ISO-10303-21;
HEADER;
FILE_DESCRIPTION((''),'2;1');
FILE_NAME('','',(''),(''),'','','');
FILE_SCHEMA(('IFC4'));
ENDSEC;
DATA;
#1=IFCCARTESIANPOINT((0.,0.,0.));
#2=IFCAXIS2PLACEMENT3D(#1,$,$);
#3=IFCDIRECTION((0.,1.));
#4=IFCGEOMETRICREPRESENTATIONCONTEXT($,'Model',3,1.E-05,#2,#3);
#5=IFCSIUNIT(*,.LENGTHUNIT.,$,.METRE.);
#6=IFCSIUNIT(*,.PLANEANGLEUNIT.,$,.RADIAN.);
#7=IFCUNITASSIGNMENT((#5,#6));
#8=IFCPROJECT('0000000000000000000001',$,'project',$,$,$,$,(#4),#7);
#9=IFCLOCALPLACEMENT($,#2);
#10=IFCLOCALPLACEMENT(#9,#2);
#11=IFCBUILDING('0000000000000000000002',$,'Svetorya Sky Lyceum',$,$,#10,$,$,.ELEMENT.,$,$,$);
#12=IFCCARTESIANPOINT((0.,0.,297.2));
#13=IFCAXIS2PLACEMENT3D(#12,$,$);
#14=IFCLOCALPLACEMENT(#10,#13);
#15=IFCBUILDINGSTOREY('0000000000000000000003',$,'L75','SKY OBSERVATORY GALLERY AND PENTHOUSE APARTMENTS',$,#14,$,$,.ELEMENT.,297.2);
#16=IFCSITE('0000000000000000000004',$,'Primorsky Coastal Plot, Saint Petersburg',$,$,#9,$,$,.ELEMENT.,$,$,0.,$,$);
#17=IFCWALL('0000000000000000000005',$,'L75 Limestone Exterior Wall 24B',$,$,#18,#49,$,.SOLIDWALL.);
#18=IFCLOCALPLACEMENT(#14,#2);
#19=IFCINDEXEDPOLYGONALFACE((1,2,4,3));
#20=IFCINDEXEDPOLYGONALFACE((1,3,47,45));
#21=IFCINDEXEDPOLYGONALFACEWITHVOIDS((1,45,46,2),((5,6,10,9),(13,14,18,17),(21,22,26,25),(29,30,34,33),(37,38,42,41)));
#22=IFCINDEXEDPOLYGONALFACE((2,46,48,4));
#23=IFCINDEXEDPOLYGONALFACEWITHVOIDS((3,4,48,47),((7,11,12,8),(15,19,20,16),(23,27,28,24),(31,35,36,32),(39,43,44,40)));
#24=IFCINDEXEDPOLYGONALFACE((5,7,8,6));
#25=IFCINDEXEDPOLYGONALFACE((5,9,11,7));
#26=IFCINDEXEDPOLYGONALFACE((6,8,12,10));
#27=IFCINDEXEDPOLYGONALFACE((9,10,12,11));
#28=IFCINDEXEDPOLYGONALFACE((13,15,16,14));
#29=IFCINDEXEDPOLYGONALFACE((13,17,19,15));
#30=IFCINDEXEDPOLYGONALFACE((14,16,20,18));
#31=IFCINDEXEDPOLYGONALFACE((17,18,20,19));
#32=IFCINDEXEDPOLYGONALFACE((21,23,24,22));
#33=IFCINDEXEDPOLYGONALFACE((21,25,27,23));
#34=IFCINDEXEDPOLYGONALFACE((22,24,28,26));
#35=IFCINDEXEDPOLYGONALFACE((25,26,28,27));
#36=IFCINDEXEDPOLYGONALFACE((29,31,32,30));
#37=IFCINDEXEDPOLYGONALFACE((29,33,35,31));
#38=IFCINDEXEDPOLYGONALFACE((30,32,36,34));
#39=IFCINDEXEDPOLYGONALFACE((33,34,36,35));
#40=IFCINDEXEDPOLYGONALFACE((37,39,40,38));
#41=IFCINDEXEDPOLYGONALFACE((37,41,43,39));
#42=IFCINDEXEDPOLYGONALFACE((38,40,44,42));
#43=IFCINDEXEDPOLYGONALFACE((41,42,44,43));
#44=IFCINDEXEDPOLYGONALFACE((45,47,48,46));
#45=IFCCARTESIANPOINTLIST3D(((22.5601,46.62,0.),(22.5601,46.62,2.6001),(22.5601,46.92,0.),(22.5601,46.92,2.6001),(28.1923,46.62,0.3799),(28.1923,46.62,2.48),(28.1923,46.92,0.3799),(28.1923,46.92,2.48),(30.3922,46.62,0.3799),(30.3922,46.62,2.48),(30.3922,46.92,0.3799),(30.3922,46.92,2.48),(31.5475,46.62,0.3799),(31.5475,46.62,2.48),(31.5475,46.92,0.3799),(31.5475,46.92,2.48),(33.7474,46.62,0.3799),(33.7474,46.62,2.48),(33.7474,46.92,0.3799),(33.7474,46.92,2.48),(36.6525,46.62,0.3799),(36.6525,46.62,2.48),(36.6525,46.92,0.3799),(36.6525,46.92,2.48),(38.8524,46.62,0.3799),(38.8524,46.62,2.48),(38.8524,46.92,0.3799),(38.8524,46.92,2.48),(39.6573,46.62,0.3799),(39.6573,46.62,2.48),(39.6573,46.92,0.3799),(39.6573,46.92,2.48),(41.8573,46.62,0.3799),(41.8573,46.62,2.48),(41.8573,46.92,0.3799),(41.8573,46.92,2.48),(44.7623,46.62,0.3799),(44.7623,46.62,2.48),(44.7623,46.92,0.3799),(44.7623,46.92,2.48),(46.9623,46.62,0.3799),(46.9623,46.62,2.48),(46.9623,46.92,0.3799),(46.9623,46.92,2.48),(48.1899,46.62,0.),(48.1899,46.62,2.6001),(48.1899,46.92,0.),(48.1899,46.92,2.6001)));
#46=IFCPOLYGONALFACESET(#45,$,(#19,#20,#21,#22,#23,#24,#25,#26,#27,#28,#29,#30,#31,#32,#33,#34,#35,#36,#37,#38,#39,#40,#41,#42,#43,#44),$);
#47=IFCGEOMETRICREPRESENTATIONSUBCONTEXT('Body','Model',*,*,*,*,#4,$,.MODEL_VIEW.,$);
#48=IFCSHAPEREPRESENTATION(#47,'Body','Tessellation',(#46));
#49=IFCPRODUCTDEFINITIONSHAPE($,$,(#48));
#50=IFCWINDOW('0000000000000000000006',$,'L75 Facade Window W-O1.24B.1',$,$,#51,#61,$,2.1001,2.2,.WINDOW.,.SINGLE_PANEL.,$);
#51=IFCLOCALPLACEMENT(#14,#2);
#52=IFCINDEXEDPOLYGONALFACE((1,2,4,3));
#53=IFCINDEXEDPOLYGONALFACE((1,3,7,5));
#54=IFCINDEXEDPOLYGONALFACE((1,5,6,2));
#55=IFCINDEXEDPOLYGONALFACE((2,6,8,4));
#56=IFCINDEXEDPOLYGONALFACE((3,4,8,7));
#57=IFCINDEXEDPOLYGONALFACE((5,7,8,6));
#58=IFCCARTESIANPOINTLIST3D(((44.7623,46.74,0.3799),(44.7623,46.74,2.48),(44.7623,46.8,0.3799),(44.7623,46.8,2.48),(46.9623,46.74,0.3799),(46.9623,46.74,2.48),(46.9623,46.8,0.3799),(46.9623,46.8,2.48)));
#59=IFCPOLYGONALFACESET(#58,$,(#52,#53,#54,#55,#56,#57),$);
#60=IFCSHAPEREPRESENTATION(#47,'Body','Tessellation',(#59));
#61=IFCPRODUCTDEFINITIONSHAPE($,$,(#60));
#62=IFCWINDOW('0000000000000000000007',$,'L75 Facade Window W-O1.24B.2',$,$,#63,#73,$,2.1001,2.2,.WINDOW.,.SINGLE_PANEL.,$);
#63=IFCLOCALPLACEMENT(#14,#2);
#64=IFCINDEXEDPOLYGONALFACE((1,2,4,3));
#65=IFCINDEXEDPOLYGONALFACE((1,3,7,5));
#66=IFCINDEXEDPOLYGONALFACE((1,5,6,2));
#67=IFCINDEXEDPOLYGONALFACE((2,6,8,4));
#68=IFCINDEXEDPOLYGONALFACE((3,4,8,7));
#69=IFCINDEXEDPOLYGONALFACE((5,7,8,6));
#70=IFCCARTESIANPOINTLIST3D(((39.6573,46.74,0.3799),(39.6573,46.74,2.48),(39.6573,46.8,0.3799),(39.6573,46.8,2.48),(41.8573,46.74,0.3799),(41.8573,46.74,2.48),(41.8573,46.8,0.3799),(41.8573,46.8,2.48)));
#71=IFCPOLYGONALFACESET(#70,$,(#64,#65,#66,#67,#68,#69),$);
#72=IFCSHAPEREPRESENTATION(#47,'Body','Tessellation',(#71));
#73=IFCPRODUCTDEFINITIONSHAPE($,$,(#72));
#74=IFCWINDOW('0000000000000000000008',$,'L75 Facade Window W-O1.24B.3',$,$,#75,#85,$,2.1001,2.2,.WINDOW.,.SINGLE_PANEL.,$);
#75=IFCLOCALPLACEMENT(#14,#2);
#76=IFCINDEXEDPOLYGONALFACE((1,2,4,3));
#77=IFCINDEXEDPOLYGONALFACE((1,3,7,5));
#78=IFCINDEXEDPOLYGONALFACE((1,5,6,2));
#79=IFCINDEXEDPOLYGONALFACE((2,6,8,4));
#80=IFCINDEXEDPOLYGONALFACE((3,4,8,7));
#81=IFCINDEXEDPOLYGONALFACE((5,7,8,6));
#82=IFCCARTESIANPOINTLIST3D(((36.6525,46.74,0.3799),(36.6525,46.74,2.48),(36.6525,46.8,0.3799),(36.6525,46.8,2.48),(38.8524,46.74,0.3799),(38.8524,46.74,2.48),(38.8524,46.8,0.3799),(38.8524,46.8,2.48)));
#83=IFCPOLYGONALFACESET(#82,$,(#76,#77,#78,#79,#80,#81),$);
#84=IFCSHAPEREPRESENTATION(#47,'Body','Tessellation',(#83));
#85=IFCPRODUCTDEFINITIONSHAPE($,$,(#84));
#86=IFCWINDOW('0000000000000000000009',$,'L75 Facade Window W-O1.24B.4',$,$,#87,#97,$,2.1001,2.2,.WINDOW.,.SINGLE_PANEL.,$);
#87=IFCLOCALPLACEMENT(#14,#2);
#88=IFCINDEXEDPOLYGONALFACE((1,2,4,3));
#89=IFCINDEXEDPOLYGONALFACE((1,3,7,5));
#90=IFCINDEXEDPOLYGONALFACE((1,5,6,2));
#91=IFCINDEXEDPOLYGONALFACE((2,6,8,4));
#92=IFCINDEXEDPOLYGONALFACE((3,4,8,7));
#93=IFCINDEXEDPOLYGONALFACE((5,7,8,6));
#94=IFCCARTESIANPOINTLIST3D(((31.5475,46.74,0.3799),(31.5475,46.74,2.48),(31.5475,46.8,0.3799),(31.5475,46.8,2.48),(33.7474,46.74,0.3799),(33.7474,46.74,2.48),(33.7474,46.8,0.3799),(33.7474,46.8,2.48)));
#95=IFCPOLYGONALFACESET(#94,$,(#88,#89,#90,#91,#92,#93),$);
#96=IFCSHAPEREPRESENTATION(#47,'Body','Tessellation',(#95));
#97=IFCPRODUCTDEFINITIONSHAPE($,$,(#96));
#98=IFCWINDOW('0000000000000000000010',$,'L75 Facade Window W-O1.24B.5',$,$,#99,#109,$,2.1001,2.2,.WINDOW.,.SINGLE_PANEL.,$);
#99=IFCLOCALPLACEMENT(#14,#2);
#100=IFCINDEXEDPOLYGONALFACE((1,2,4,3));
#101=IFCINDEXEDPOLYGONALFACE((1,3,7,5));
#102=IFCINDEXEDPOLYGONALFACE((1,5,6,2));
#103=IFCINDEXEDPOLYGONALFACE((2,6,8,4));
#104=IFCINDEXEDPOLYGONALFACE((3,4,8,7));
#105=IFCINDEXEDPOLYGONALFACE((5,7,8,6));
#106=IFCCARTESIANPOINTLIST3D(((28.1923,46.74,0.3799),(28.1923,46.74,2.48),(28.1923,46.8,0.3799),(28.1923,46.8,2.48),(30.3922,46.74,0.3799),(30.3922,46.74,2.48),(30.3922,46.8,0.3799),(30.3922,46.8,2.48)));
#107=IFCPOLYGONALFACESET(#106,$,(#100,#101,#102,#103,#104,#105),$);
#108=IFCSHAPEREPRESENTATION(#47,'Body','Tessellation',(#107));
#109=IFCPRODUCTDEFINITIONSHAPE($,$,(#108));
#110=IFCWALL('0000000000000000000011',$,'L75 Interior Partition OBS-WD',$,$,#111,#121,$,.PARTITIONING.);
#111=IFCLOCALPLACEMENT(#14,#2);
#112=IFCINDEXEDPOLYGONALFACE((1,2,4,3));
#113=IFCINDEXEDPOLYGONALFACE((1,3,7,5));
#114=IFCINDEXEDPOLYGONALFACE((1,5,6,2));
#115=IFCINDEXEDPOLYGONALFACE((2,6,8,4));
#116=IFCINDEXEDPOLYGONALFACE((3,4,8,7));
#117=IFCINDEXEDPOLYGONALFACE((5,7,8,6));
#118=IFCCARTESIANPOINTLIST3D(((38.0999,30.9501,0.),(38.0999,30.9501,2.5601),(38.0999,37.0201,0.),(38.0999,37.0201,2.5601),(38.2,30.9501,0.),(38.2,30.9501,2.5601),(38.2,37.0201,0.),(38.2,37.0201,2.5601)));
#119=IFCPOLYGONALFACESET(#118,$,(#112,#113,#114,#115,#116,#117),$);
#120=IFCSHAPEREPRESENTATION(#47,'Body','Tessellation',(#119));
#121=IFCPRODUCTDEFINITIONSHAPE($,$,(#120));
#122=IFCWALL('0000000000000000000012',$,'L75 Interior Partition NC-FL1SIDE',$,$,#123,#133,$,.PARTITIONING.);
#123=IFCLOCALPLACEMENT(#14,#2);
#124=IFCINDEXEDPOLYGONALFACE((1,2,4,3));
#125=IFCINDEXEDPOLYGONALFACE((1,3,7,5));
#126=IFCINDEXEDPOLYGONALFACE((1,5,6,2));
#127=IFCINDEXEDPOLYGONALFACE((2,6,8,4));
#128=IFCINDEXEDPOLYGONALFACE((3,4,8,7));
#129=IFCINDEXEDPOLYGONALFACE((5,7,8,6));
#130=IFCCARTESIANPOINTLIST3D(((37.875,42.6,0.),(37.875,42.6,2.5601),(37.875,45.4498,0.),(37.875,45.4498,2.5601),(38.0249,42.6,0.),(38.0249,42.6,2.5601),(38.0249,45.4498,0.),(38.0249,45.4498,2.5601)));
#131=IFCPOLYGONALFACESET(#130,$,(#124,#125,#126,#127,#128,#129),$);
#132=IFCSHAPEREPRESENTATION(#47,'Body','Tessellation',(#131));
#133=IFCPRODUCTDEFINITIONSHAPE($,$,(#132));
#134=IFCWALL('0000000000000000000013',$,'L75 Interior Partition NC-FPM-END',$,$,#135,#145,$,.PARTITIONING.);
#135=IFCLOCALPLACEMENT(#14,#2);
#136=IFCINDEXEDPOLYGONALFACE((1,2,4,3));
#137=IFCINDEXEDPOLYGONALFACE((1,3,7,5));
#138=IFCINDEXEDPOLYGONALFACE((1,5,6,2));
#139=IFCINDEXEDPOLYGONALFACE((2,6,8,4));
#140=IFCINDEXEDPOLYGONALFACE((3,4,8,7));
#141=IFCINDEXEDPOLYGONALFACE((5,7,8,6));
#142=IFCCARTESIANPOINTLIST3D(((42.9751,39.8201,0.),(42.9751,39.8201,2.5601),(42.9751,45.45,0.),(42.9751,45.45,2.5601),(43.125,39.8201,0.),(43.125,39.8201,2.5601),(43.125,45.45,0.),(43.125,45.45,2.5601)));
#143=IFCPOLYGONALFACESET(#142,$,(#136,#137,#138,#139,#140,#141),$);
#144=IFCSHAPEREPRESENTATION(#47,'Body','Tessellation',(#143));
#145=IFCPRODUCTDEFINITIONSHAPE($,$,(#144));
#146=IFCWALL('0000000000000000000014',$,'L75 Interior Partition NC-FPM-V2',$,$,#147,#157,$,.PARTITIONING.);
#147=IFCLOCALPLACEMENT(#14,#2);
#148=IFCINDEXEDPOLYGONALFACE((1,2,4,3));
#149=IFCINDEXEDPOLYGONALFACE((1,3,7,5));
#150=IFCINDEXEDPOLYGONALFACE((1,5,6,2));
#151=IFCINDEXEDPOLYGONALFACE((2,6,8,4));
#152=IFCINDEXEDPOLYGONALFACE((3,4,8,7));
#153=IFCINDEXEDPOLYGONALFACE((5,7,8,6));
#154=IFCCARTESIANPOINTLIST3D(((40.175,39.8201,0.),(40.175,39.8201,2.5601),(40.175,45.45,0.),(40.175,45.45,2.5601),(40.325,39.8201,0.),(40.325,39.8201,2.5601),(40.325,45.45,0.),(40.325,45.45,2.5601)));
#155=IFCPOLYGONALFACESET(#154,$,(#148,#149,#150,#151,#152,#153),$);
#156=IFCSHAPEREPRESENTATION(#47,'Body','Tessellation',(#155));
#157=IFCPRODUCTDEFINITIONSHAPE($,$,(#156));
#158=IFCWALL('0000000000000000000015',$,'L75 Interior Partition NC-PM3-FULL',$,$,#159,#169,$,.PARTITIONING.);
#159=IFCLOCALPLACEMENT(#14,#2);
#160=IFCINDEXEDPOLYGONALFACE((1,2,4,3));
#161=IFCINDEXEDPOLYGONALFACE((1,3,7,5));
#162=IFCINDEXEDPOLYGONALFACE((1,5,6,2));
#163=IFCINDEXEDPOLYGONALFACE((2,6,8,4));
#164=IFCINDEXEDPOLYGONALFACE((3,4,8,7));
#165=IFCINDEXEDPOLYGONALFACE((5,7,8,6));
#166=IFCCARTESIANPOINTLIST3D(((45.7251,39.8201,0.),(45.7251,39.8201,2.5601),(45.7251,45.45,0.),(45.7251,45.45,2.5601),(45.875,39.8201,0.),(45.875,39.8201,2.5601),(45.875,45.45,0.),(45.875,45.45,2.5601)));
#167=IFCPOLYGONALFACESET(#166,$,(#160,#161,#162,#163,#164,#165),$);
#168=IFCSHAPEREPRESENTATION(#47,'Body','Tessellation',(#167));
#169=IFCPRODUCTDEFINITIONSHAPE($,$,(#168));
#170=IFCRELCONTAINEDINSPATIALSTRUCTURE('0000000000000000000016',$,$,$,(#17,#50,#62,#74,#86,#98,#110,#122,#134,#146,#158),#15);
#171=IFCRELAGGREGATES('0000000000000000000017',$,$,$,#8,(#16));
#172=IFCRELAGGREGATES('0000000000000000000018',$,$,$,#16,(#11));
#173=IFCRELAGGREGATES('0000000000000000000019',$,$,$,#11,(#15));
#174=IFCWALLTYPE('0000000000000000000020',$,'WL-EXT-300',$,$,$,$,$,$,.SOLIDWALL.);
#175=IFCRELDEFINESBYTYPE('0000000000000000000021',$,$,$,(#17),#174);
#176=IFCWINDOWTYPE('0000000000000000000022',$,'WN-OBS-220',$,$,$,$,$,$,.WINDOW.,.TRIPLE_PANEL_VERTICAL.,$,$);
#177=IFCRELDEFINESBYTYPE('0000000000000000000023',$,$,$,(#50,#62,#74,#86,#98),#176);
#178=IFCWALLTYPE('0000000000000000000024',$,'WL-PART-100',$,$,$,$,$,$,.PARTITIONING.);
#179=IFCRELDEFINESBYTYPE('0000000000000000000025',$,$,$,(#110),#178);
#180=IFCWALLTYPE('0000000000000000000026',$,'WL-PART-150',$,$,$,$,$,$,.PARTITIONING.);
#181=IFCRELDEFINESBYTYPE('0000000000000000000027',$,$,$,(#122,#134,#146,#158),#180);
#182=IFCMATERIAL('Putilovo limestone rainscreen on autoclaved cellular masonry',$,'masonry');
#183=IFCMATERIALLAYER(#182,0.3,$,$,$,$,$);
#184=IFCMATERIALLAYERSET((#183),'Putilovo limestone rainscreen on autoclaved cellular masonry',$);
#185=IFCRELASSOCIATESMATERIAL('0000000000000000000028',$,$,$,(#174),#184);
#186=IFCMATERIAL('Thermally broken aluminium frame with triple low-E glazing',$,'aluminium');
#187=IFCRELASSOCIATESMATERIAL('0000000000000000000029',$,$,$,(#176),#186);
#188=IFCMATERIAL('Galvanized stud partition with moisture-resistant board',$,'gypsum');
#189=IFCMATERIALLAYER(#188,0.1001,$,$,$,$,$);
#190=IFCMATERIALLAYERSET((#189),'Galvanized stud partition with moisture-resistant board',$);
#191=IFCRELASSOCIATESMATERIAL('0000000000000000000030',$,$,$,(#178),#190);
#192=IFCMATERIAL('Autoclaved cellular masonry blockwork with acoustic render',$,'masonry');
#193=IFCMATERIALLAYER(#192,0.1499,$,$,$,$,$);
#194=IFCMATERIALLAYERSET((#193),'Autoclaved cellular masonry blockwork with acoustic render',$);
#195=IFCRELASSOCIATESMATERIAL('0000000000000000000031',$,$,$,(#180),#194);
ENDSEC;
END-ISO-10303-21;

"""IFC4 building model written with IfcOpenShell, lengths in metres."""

from ifc_helpers import new_model, si_unit, direction, frame, frame_2d, origin, place, context, subcontext, project, spatial, rectangle, extrude, material, layer, layer_set, type_object, element, fill, save


model = new_model("IFC4")

# Units and contexts
model_context = context("Model", 3, precision=1e-05, world=origin(), true_north=direction((0.0, 1.0)))
body_context = subcontext(model_context, "Body", "Model", "MODEL_VIEW")
ifc_project = project(units=[si_unit("LENGTHUNIT", "METRE"), si_unit("PLANEANGLEUNIT", "RADIAN")], contexts=[model_context])

# Site, building, storey
site_placement = place(None, origin())
site = spatial("IfcSite", under=ifc_project, at=site_placement, Name="Primorsky Coastal Plot, Saint Petersburg", CompositionType="ELEMENT", RefElevation=0.0)
building_placement = place(site_placement, origin())
building = spatial("IfcBuilding", under=site, at=building_placement, Name="Svetorya Sky Lyceum", CompositionType="ELEMENT")
storey_placement = place(building_placement, frame((0.0, 0.0, 297.2)))
storey = spatial("IfcBuildingStorey", under=building, at=storey_placement, Name="L75", Description="SKY OBSERVATORY GALLERY AND PENTHOUSE APARTMENTS", CompositionType="ELEMENT", Elevation=297.2)

# Wall, openings, windows
ifc_material_1 = material(Name="Putilovo limestone rainscreen on autoclaved cellular masonry", Category="masonry")
ifc_layer_1 = layer(ifc_material_1, 0.3)
ifc_layer_set_1 = layer_set([ifc_layer_1], Name="Putilovo limestone rainscreen on autoclaved cellular masonry")
wall_type_1 = type_object("IfcWallType", Name="WL-EXT-300", PredefinedType="SOLIDWALL", material=ifc_layer_set_1)
wall_1_placement = place(storey_placement, frame((48.1899, 46.77, 0.0), z_axis=(0.0, 0.0, 1.0), x_axis=(-1.0, 0.0, 0.0)))
wall_1 = element("IfcWall", 1, at=wall_1_placement, inside=storey, type_object=wall_type_1, Name="L75 Limestone Exterior Wall 24B", PredefinedType="SOLIDWALL", context=body_context, shape_type="SweptSolid", body=[
    extrude(rectangle(XDim=25.6299, YDim=0.3, at=frame_2d((12.8149, 0.0))), origin(), (0.0, 0.0, 1.0), 2.6001),
])
opening_1_placement = place(wall_1_placement, frame((1.2275, 0.0, 0.3799)))
opening_1 = element("IfcOpeningElement", 2, at=opening_1_placement, cuts=wall_1, PredefinedType="OPENING", context=body_context, shape_type="SweptSolid", body=[
    extrude(rectangle(XDim=2.2, YDim=2.1001, at=frame_2d((1.1001, 1.05))), frame((0.0, 0.1599, 0.0), z_axis=(0.0, -1.0, 0.0), x_axis=(1.0, 0.0, 0.0)), (0.0, 0.0, 1.0), 0.3201),
])
opening_2_placement = place(wall_1_placement, frame((6.3325, 0.0, 0.3799)))
opening_2 = element("IfcOpeningElement", 3, at=opening_2_placement, cuts=wall_1, PredefinedType="OPENING", context=body_context, shape_type="SweptSolid", body=[
    extrude(rectangle(XDim=2.2, YDim=2.1001, at=frame_2d((1.1001, 1.05))), frame((0.0, 0.1599, 0.0), z_axis=(0.0, -1.0, 0.0), x_axis=(1.0, 0.0, 0.0)), (0.0, 0.0, 1.0), 0.3201),
])
opening_3_placement = place(wall_1_placement, frame((9.3374, 0.0, 0.3799)))
opening_3 = element("IfcOpeningElement", 4, at=opening_3_placement, cuts=wall_1, PredefinedType="OPENING", context=body_context, shape_type="SweptSolid", body=[
    extrude(rectangle(XDim=2.2, YDim=2.1001, at=frame_2d((1.1001, 1.05))), frame((0.0, 0.1599, 0.0), z_axis=(0.0, -1.0, 0.0), x_axis=(1.0, 0.0, 0.0)), (0.0, 0.0, 1.0), 0.3201),
])
opening_4_placement = place(wall_1_placement, frame((14.4424, 0.0, 0.3799)))
opening_4 = element("IfcOpeningElement", 5, at=opening_4_placement, cuts=wall_1, PredefinedType="OPENING", context=body_context, shape_type="SweptSolid", body=[
    extrude(rectangle(XDim=2.2, YDim=2.1001, at=frame_2d((1.1001, 1.05))), frame((0.0, 0.1599, 0.0), z_axis=(0.0, -1.0, 0.0), x_axis=(1.0, 0.0, 0.0)), (0.0, 0.0, 1.0), 0.3201),
])
opening_5_placement = place(wall_1_placement, frame((17.7976, 0.0, 0.3799)))
opening_5 = element("IfcOpeningElement", 6, at=opening_5_placement, cuts=wall_1, PredefinedType="OPENING", context=body_context, shape_type="SweptSolid", body=[
    extrude(rectangle(XDim=2.2, YDim=2.1001, at=frame_2d((1.1001, 1.05))), frame((0.0, 0.1599, 0.0), z_axis=(0.0, -1.0, 0.0), x_axis=(1.0, 0.0, 0.0)), (0.0, 0.0, 1.0), 0.3201),
])
ifc_material_2 = material(Name="Thermally broken aluminium frame with triple low-E glazing", Category="aluminium")
window_type = type_object("IfcWindowType", Name="WN-OBS-220", PartitioningType="TRIPLE_PANEL_VERTICAL", PredefinedType="WINDOW", material=ifc_material_2)
window_1_placement = place(opening_1_placement, origin())
window_1 = element("IfcWindow", 7, at=window_1_placement, inside=storey, type_object=window_type, Name="L75 Facade Window W-O1.24B.1", OverallHeight=2.1001, OverallWidth=2.2, PartitioningType="SINGLE_PANEL", PredefinedType="WINDOW", context=body_context, shape_type="SweptSolid", body=[
    extrude(rectangle(XDim=2.2, YDim=2.1001, at=frame_2d((1.1001, 1.05))), frame((0.0, 0.03, 0.0), z_axis=(0.0, -1.0, 0.0), x_axis=(1.0, 0.0, 0.0)), (0.0, 0.0, 1.0), 0.0601),
])
fill(opening_1, window_1)
window_2_placement = place(opening_2_placement, origin())
window_2 = element("IfcWindow", 8, at=window_2_placement, inside=storey, type_object=window_type, Name="L75 Facade Window W-O1.24B.2", OverallHeight=2.1001, OverallWidth=2.2, PartitioningType="SINGLE_PANEL", PredefinedType="WINDOW", context=body_context, shape_type="SweptSolid", body=[
    extrude(rectangle(XDim=2.2, YDim=2.1001, at=frame_2d((1.1001, 1.05))), frame((0.0, 0.03, 0.0), z_axis=(0.0, -1.0, 0.0), x_axis=(1.0, 0.0, 0.0)), (0.0, 0.0, 1.0), 0.0601),
])
fill(opening_2, window_2)
window_3_placement = place(opening_3_placement, origin())
window_3 = element("IfcWindow", 9, at=window_3_placement, inside=storey, type_object=window_type, Name="L75 Facade Window W-O1.24B.3", OverallHeight=2.1001, OverallWidth=2.2, PartitioningType="SINGLE_PANEL", PredefinedType="WINDOW", context=body_context, shape_type="SweptSolid", body=[
    extrude(rectangle(XDim=2.2, YDim=2.1001, at=frame_2d((1.1001, 1.05))), frame((0.0, 0.03, 0.0), z_axis=(0.0, -1.0, 0.0), x_axis=(1.0, 0.0, 0.0)), (0.0, 0.0, 1.0), 0.0601),
])
fill(opening_3, window_3)
window_4_placement = place(opening_4_placement, origin())
window_4 = element("IfcWindow", 10, at=window_4_placement, inside=storey, type_object=window_type, Name="L75 Facade Window W-O1.24B.4", OverallHeight=2.1001, OverallWidth=2.2, PartitioningType="SINGLE_PANEL", PredefinedType="WINDOW", context=body_context, shape_type="SweptSolid", body=[
    extrude(rectangle(XDim=2.2, YDim=2.1001, at=frame_2d((1.1001, 1.05))), frame((0.0, 0.03, 0.0), z_axis=(0.0, -1.0, 0.0), x_axis=(1.0, 0.0, 0.0)), (0.0, 0.0, 1.0), 0.0601),
])
fill(opening_4, window_4)
window_5_placement = place(opening_5_placement, origin())
window_5 = element("IfcWindow", 11, at=window_5_placement, inside=storey, type_object=window_type, Name="L75 Facade Window W-O1.24B.5", OverallHeight=2.1001, OverallWidth=2.2, PartitioningType="SINGLE_PANEL", PredefinedType="WINDOW", context=body_context, shape_type="SweptSolid", body=[
    extrude(rectangle(XDim=2.2, YDim=2.1001, at=frame_2d((1.1001, 1.05))), frame((0.0, 0.03, 0.0), z_axis=(0.0, -1.0, 0.0), x_axis=(1.0, 0.0, 0.0)), (0.0, 0.0, 1.0), 0.0601),
])
fill(opening_5, window_5)

# Walls
ifc_material_3 = material(Name="Galvanized stud partition with moisture-resistant board", Category="gypsum")
ifc_layer_2 = layer(ifc_material_3, 0.1001)
ifc_layer_set_2 = layer_set([ifc_layer_2], Name="Galvanized stud partition with moisture-resistant board")
wall_type_2 = type_object("IfcWallType", Name="WL-PART-100", PredefinedType="PARTITIONING", material=ifc_layer_set_2)
wall_2_placement = place(storey_placement, frame((38.1499, 30.95, 0.0), z_axis=(0.0, 0.0, 1.0), x_axis=(0.0, 1.0, 0.0)))
element("IfcWall", 12, at=wall_2_placement, inside=storey, type_object=wall_type_2, Name="L75 Interior Partition OBS-WD", PredefinedType="PARTITIONING", context=body_context, shape_type="SweptSolid", body=[
    extrude(rectangle(XDim=6.0701, YDim=0.1001, at=frame_2d((3.0352, 0.0))), origin(), (0.0, 0.0, 1.0), 2.5601),
])
ifc_material_4 = material(Name="Autoclaved cellular masonry blockwork with acoustic render", Category="masonry")
ifc_layer_3 = layer(ifc_material_4, 0.1499)
ifc_layer_set_3 = layer_set([ifc_layer_3], Name="Autoclaved cellular masonry blockwork with acoustic render")
wall_type_3 = type_object("IfcWallType", Name="WL-PART-150", PredefinedType="PARTITIONING", material=ifc_layer_set_3)
wall_3_placement = place(storey_placement, frame((37.95, 42.6001, 0.0), z_axis=(0.0, 0.0, 1.0), x_axis=(0.0, 1.0, 0.0)))
element("IfcWall", 13, at=wall_3_placement, inside=storey, type_object=wall_type_3, Name="L75 Interior Partition NC-FL1SIDE", PredefinedType="PARTITIONING", context=body_context, shape_type="SweptSolid", body=[
    extrude(rectangle(XDim=2.8499, YDim=0.1499, at=frame_2d((1.4248, 0.0))), origin(), (0.0, 0.0, 1.0), 2.5601),
])
for number, where, z_axis, x_axis, name in (
    (14, (43.05, 39.8201, 0.0), (0.0, 0.0, 1.0), (0.0, 1.0, 0.0), "L75 Interior Partition NC-FPM-END"),
    (15, (40.25, 39.8201, 0.0), (0.0, 0.0, 1.0), (0.0, 1.0, 0.0), "L75 Interior Partition NC-FPM-V2"),
    (16, (45.8, 39.8201, 0.0), (0.0, 0.0, 1.0), (0.0, 1.0, 0.0), "L75 Interior Partition NC-PM3-FULL"),
):
    element("IfcWall", number, at=place(storey_placement, frame(where, z_axis=z_axis, x_axis=x_axis)), inside=storey, type_object=wall_type_3, Name=name, PredefinedType="PARTITIONING", context=body_context, shape_type="SweptSolid", body=[
        extrude(rectangle(XDim=5.6299, YDim=0.1499, at=frame_2d((2.8149, 0.0))), origin(), (0.0, 0.0, 1.0), 2.5601),
    ])

save(model, "model.ifc")
